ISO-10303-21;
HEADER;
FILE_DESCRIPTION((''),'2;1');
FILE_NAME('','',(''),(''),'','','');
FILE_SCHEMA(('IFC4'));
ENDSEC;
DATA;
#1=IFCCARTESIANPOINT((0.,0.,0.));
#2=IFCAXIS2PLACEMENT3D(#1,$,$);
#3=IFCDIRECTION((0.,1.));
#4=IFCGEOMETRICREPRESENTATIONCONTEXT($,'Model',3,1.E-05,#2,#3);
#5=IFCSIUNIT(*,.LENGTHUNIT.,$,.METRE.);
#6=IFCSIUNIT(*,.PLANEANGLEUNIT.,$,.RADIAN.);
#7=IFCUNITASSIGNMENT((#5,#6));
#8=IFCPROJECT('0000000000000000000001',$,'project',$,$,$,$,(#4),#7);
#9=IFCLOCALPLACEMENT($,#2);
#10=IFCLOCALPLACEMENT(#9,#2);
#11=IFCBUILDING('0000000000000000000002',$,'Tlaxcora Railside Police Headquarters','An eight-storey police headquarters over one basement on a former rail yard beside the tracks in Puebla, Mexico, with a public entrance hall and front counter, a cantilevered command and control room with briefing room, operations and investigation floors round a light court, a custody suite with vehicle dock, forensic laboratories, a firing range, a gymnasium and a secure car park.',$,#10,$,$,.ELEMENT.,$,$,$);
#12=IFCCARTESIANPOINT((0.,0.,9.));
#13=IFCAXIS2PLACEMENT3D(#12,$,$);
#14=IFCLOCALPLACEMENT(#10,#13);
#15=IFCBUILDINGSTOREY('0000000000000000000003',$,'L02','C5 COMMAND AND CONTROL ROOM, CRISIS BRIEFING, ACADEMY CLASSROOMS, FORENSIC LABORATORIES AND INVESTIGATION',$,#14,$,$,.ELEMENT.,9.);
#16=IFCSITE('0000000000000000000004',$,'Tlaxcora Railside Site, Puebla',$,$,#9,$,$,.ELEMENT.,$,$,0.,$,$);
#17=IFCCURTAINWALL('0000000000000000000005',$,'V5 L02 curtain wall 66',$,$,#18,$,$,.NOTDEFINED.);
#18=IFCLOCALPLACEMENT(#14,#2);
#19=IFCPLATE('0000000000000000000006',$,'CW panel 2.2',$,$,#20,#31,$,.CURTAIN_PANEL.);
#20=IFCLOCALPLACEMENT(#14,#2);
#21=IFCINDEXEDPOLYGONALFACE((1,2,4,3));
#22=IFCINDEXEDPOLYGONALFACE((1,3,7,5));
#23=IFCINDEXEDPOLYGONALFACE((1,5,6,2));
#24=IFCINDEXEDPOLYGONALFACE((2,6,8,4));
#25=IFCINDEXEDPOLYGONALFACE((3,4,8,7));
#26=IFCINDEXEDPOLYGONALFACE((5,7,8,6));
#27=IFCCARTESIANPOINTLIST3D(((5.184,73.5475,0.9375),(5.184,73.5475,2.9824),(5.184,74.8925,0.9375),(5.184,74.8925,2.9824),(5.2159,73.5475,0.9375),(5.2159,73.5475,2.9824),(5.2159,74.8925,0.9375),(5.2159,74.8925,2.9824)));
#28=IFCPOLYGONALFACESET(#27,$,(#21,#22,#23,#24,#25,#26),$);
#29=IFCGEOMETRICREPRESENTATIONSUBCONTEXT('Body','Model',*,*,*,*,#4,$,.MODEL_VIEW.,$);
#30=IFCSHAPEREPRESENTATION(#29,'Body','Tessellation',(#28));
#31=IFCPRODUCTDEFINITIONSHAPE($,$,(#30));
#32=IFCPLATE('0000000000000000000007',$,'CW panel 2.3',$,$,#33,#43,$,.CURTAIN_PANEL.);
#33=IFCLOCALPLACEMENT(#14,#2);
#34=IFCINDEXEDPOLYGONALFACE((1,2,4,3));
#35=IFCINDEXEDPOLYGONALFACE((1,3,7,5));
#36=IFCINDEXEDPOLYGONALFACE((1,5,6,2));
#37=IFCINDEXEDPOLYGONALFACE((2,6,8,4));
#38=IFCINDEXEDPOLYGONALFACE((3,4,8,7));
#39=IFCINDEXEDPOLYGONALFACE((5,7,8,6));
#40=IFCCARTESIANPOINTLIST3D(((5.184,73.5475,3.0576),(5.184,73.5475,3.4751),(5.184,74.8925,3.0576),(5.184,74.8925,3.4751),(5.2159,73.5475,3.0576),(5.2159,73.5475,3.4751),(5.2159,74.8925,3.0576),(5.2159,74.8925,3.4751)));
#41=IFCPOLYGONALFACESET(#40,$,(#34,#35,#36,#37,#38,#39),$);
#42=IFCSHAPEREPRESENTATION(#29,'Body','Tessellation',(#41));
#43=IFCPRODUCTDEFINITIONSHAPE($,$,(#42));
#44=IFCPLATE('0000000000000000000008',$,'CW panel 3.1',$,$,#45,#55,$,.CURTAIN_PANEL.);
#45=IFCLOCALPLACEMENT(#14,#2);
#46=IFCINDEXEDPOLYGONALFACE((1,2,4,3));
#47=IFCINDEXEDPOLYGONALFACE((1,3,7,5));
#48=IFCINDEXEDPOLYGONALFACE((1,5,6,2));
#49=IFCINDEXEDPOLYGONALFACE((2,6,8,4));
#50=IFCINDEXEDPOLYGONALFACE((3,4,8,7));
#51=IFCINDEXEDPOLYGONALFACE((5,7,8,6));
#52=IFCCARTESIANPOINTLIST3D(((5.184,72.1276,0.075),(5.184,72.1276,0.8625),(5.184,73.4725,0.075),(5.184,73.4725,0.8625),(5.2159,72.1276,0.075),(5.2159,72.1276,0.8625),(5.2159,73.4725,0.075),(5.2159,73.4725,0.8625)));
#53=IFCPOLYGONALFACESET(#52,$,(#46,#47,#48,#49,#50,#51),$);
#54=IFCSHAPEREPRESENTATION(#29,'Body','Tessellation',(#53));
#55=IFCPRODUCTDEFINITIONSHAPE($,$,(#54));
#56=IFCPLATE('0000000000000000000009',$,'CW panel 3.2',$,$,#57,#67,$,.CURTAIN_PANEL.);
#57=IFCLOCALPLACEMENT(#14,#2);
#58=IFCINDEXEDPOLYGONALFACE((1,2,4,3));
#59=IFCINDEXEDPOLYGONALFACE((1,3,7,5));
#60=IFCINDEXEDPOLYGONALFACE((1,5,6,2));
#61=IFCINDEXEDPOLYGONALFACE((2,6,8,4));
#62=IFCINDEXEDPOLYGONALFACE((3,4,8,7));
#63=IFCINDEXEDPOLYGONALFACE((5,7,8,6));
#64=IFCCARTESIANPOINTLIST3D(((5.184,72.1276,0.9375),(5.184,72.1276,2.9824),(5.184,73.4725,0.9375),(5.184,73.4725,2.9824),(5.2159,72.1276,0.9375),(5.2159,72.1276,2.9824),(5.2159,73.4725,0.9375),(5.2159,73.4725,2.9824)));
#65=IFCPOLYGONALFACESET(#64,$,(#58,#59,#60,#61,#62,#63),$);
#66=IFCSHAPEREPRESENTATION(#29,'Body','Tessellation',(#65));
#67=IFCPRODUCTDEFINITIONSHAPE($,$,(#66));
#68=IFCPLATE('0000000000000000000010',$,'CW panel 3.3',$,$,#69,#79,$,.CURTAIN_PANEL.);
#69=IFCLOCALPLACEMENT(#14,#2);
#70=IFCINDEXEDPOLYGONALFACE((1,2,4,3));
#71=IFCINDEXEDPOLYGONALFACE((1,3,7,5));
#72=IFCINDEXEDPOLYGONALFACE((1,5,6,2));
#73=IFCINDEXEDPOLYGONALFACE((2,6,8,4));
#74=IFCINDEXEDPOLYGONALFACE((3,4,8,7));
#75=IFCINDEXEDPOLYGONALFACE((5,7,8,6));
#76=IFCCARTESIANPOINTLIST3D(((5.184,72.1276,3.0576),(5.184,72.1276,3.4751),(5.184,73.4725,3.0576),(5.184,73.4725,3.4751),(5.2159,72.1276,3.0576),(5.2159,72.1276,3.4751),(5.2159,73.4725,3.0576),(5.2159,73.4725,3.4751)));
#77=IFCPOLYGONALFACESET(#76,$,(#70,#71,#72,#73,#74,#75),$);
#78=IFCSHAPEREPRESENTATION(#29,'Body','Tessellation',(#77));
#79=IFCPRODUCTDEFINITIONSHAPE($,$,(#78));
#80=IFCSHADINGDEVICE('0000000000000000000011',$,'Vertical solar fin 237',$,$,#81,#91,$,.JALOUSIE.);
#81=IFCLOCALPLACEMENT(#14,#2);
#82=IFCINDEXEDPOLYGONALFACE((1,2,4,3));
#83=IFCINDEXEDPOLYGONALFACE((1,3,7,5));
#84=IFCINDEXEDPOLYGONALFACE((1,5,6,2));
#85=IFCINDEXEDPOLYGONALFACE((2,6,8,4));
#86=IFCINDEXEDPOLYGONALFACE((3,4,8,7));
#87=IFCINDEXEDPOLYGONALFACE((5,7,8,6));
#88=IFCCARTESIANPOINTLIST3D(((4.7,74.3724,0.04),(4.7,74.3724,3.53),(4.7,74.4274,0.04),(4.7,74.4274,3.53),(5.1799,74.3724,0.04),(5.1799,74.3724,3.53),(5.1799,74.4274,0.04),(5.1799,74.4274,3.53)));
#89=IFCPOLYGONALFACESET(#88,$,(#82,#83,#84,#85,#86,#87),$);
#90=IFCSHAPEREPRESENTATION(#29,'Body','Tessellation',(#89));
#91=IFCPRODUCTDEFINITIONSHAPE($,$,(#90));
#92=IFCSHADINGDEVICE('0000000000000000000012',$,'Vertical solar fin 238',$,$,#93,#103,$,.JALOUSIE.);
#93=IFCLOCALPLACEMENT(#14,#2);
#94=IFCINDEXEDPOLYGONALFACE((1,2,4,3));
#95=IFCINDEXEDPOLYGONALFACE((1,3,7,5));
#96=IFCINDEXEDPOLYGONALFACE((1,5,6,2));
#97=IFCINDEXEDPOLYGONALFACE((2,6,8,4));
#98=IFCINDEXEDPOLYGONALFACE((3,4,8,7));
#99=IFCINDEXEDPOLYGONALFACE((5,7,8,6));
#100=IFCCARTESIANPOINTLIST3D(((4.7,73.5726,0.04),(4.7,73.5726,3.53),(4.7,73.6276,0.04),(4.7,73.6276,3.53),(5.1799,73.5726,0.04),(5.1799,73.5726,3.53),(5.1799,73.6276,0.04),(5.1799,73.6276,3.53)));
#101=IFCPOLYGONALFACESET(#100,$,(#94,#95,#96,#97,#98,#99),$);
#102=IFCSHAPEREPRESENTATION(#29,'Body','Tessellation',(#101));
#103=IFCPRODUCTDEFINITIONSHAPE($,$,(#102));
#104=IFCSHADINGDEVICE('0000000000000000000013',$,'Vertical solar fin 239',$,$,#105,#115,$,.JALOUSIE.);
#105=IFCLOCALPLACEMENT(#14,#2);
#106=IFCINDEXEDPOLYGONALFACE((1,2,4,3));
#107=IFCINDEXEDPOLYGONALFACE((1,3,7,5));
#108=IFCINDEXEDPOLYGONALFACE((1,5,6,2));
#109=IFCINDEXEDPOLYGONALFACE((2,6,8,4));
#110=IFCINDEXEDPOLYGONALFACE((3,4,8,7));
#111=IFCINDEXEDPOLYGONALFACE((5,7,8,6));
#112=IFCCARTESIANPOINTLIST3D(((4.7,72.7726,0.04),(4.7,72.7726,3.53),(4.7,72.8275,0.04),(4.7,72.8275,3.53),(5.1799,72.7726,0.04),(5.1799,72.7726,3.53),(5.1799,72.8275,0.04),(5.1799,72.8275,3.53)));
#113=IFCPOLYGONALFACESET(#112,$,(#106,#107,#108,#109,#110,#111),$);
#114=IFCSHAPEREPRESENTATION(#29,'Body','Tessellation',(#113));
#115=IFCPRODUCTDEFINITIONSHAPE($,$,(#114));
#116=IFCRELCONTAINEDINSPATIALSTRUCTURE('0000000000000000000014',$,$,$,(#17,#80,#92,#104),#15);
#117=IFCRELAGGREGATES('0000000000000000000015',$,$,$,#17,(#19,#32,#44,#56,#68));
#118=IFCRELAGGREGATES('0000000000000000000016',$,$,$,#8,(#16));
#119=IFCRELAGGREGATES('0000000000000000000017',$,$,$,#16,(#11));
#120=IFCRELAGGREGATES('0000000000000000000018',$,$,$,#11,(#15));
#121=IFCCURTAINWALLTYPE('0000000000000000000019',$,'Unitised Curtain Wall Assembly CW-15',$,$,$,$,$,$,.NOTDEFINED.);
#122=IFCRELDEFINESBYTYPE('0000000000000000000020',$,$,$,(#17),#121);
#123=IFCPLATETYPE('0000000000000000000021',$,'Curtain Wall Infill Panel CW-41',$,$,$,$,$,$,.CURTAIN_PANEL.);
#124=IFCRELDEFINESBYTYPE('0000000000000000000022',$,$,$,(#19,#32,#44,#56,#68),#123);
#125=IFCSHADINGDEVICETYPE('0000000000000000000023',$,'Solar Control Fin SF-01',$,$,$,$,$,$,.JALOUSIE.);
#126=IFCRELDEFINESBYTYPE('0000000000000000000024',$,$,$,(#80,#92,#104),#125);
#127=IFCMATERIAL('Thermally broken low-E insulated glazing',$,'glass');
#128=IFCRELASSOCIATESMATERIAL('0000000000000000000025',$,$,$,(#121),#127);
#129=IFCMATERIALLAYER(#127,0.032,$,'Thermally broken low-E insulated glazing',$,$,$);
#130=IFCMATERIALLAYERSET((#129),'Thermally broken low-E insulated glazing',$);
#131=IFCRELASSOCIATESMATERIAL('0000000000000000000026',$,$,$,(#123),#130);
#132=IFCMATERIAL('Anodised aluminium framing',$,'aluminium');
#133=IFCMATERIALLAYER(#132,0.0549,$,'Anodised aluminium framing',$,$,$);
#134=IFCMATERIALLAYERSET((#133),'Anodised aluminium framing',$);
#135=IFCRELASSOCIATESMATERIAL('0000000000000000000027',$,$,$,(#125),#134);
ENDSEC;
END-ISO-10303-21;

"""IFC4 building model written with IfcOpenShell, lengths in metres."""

from ifc_helpers import new_model, si_unit, direction, frame, origin, origin_2d, place, context, subcontext, project, spatial, rectangle, extrude, material, layer, layer_set, type_object, element, aggregate, save


model = new_model("IFC4")

# Units and contexts
model_context = context("Model", 3, precision=1e-05, world=origin(), true_north=direction((0.0, 1.0)))
body_context = subcontext(model_context, "Body", "Model", "MODEL_VIEW")
ifc_project = project(units=[si_unit("LENGTHUNIT", "METRE"), si_unit("PLANEANGLEUNIT", "RADIAN")], contexts=[model_context])

# Site, building, storey
site_placement = place(None, origin())
site = spatial("IfcSite", under=ifc_project, at=site_placement, Name="Tlaxcora Railside Site, Puebla", CompositionType="ELEMENT", RefElevation=0.0)
building_placement = place(site_placement, origin())
building = spatial("IfcBuilding", under=site, at=building_placement, Name="Tlaxcora Railside Police Headquarters", Description="An eight-storey police headquarters over one basement on a former rail yard beside the tracks in Puebla, Mexico, with a public entrance hall and front counter, a cantilevered command and control room with briefing room, operations and investigation floors round a light court, a custody suite with vehicle dock, forensic laboratories, a firing range, a gymnasium and a secure car park.", CompositionType="ELEMENT")
storey_placement = place(building_placement, frame((0.0, 0.0, 9.0)))
storey = spatial("IfcBuildingStorey", under=building, at=storey_placement, Name="L02", Description="C5 COMMAND AND CONTROL ROOM, CRISIS BRIEFING, ACADEMY CLASSROOMS, FORENSIC LABORATORIES AND INVESTIGATION", CompositionType="ELEMENT", Elevation=9.0)

# Curtain wall, plates
ifc_material_1 = material(Name="Thermally broken low-E insulated glazing", Category="glass")
curtain_wall_type = type_object("IfcCurtainWallType", Name="Unitised Curtain Wall Assembly CW-15", PredefinedType="NOTDEFINED", material=ifc_material_1)
curtain_wall_placement = place(storey_placement, origin())
curtain_wall = element("IfcCurtainWall", 1, at=curtain_wall_placement, inside=storey, type_object=curtain_wall_type, Name="V5 L02 curtain wall 66", PredefinedType="NOTDEFINED")
ifc_material_2 = material(Name="Anodised aluminium framing", Category="aluminium")
ifc_layer_1 = layer(ifc_material_1, 0.032, Name="Thermally broken low-E insulated glazing")
ifc_layer_set_1 = layer_set([ifc_layer_1], Name="Thermally broken low-E insulated glazing")
plate_type = type_object("IfcPlateType", Name="Curtain Wall Infill Panel CW-41", PredefinedType="CURTAIN_PANEL", material=ifc_layer_set_1)
plate_1_placement = place(storey_placement, frame((5.2, 74.22, 0.9375), z_axis=(0.0, 0.0, 1.0), x_axis=(0.0, -1.0, 0.0)))
plate_1 = element("IfcPlate", 2, at=plate_1_placement, type_object=plate_type, Name="CW panel 2.2", PredefinedType="CURTAIN_PANEL", context=body_context, shape_type="SweptSolid", body=[
    extrude(rectangle(XDim=1.345, YDim=0.032, at=origin_2d()), origin(), (0.0, 0.0, 1.0), 2.0449),
])
plate_2_placement = place(storey_placement, frame((5.2, 74.22, 3.0576), z_axis=(0.0, 0.0, 1.0), x_axis=(0.0, -1.0, 0.0)))
plate_2 = element("IfcPlate", 3, at=plate_2_placement, type_object=plate_type, Name="CW panel 2.3", PredefinedType="CURTAIN_PANEL", context=body_context, shape_type="SweptSolid", body=[
    extrude(rectangle(XDim=1.345, YDim=0.032, at=origin_2d()), origin(), (0.0, 0.0, 1.0), 0.4175),
])
plate_3_placement = place(storey_placement, frame((5.2, 72.8, 0.075), z_axis=(0.0, 0.0, 1.0), x_axis=(0.0, -1.0, 0.0)))
plate_3 = element("IfcPlate", 4, at=plate_3_placement, type_object=plate_type, Name="CW panel 3.1", PredefinedType="CURTAIN_PANEL", context=body_context, shape_type="SweptSolid", body=[
    extrude(rectangle(XDim=1.345, YDim=0.032, at=origin_2d()), origin(), (0.0, 0.0, 1.0), 0.7876),
])
plate_4_placement = place(storey_placement, frame((5.2, 72.8, 0.9375), z_axis=(0.0, 0.0, 1.0), x_axis=(0.0, -1.0, 0.0)))
plate_4 = element("IfcPlate", 5, at=plate_4_placement, type_object=plate_type, Name="CW panel 3.2", PredefinedType="CURTAIN_PANEL", context=body_context, shape_type="SweptSolid", body=[
    extrude(rectangle(XDim=1.345, YDim=0.032, at=origin_2d()), origin(), (0.0, 0.0, 1.0), 2.0449),
])
plate_5_placement = place(storey_placement, frame((5.2, 72.8, 3.0576), z_axis=(0.0, 0.0, 1.0), x_axis=(0.0, -1.0, 0.0)))
plate_5 = element("IfcPlate", 6, at=plate_5_placement, type_object=plate_type, Name="CW panel 3.3", PredefinedType="CURTAIN_PANEL", context=body_context, shape_type="SweptSolid", body=[
    extrude(rectangle(XDim=1.345, YDim=0.032, at=origin_2d()), origin(), (0.0, 0.0, 1.0), 0.4175),
])
aggregate(curtain_wall, [plate_1, plate_2, plate_3, plate_4, plate_5])

# Shading devices
ifc_layer_2 = layer(ifc_material_2, 0.0549, Name="Anodised aluminium framing")
ifc_layer_set_2 = layer_set([ifc_layer_2], Name="Anodised aluminium framing")
shading_device_type = type_object("IfcShadingDeviceType", Name="Solar Control Fin SF-01", PredefinedType="JALOUSIE", material=ifc_layer_set_2)
for number, where, z_axis, x_axis, name in (
    (7, (4.9399, 74.3999, 0.04), (0.0, 0.0, 1.0), (-1.0, 0.0, 0.0), "Vertical solar fin 237"),
    (8, (4.9399, 73.6001, 0.04), (0.0, 0.0, 1.0), (-1.0, 0.0, 0.0), "Vertical solar fin 238"),
    (9, (4.9399, 72.8, 0.04), (0.0, 0.0, 1.0), (-1.0, 0.0, 0.0), "Vertical solar fin 239"),
):
    element("IfcShadingDevice", number, at=place(storey_placement, frame(where, z_axis=z_axis, x_axis=x_axis)), inside=storey, type_object=shading_device_type, Name=name, PredefinedType="JALOUSIE", context=body_context, shape_type="SweptSolid", body=[
        extrude(rectangle(XDim=0.48, YDim=0.0549, at=origin_2d()), origin(), (0.0, 0.0, 1.0), 3.49),
    ])

save(model, "model.ifc")
